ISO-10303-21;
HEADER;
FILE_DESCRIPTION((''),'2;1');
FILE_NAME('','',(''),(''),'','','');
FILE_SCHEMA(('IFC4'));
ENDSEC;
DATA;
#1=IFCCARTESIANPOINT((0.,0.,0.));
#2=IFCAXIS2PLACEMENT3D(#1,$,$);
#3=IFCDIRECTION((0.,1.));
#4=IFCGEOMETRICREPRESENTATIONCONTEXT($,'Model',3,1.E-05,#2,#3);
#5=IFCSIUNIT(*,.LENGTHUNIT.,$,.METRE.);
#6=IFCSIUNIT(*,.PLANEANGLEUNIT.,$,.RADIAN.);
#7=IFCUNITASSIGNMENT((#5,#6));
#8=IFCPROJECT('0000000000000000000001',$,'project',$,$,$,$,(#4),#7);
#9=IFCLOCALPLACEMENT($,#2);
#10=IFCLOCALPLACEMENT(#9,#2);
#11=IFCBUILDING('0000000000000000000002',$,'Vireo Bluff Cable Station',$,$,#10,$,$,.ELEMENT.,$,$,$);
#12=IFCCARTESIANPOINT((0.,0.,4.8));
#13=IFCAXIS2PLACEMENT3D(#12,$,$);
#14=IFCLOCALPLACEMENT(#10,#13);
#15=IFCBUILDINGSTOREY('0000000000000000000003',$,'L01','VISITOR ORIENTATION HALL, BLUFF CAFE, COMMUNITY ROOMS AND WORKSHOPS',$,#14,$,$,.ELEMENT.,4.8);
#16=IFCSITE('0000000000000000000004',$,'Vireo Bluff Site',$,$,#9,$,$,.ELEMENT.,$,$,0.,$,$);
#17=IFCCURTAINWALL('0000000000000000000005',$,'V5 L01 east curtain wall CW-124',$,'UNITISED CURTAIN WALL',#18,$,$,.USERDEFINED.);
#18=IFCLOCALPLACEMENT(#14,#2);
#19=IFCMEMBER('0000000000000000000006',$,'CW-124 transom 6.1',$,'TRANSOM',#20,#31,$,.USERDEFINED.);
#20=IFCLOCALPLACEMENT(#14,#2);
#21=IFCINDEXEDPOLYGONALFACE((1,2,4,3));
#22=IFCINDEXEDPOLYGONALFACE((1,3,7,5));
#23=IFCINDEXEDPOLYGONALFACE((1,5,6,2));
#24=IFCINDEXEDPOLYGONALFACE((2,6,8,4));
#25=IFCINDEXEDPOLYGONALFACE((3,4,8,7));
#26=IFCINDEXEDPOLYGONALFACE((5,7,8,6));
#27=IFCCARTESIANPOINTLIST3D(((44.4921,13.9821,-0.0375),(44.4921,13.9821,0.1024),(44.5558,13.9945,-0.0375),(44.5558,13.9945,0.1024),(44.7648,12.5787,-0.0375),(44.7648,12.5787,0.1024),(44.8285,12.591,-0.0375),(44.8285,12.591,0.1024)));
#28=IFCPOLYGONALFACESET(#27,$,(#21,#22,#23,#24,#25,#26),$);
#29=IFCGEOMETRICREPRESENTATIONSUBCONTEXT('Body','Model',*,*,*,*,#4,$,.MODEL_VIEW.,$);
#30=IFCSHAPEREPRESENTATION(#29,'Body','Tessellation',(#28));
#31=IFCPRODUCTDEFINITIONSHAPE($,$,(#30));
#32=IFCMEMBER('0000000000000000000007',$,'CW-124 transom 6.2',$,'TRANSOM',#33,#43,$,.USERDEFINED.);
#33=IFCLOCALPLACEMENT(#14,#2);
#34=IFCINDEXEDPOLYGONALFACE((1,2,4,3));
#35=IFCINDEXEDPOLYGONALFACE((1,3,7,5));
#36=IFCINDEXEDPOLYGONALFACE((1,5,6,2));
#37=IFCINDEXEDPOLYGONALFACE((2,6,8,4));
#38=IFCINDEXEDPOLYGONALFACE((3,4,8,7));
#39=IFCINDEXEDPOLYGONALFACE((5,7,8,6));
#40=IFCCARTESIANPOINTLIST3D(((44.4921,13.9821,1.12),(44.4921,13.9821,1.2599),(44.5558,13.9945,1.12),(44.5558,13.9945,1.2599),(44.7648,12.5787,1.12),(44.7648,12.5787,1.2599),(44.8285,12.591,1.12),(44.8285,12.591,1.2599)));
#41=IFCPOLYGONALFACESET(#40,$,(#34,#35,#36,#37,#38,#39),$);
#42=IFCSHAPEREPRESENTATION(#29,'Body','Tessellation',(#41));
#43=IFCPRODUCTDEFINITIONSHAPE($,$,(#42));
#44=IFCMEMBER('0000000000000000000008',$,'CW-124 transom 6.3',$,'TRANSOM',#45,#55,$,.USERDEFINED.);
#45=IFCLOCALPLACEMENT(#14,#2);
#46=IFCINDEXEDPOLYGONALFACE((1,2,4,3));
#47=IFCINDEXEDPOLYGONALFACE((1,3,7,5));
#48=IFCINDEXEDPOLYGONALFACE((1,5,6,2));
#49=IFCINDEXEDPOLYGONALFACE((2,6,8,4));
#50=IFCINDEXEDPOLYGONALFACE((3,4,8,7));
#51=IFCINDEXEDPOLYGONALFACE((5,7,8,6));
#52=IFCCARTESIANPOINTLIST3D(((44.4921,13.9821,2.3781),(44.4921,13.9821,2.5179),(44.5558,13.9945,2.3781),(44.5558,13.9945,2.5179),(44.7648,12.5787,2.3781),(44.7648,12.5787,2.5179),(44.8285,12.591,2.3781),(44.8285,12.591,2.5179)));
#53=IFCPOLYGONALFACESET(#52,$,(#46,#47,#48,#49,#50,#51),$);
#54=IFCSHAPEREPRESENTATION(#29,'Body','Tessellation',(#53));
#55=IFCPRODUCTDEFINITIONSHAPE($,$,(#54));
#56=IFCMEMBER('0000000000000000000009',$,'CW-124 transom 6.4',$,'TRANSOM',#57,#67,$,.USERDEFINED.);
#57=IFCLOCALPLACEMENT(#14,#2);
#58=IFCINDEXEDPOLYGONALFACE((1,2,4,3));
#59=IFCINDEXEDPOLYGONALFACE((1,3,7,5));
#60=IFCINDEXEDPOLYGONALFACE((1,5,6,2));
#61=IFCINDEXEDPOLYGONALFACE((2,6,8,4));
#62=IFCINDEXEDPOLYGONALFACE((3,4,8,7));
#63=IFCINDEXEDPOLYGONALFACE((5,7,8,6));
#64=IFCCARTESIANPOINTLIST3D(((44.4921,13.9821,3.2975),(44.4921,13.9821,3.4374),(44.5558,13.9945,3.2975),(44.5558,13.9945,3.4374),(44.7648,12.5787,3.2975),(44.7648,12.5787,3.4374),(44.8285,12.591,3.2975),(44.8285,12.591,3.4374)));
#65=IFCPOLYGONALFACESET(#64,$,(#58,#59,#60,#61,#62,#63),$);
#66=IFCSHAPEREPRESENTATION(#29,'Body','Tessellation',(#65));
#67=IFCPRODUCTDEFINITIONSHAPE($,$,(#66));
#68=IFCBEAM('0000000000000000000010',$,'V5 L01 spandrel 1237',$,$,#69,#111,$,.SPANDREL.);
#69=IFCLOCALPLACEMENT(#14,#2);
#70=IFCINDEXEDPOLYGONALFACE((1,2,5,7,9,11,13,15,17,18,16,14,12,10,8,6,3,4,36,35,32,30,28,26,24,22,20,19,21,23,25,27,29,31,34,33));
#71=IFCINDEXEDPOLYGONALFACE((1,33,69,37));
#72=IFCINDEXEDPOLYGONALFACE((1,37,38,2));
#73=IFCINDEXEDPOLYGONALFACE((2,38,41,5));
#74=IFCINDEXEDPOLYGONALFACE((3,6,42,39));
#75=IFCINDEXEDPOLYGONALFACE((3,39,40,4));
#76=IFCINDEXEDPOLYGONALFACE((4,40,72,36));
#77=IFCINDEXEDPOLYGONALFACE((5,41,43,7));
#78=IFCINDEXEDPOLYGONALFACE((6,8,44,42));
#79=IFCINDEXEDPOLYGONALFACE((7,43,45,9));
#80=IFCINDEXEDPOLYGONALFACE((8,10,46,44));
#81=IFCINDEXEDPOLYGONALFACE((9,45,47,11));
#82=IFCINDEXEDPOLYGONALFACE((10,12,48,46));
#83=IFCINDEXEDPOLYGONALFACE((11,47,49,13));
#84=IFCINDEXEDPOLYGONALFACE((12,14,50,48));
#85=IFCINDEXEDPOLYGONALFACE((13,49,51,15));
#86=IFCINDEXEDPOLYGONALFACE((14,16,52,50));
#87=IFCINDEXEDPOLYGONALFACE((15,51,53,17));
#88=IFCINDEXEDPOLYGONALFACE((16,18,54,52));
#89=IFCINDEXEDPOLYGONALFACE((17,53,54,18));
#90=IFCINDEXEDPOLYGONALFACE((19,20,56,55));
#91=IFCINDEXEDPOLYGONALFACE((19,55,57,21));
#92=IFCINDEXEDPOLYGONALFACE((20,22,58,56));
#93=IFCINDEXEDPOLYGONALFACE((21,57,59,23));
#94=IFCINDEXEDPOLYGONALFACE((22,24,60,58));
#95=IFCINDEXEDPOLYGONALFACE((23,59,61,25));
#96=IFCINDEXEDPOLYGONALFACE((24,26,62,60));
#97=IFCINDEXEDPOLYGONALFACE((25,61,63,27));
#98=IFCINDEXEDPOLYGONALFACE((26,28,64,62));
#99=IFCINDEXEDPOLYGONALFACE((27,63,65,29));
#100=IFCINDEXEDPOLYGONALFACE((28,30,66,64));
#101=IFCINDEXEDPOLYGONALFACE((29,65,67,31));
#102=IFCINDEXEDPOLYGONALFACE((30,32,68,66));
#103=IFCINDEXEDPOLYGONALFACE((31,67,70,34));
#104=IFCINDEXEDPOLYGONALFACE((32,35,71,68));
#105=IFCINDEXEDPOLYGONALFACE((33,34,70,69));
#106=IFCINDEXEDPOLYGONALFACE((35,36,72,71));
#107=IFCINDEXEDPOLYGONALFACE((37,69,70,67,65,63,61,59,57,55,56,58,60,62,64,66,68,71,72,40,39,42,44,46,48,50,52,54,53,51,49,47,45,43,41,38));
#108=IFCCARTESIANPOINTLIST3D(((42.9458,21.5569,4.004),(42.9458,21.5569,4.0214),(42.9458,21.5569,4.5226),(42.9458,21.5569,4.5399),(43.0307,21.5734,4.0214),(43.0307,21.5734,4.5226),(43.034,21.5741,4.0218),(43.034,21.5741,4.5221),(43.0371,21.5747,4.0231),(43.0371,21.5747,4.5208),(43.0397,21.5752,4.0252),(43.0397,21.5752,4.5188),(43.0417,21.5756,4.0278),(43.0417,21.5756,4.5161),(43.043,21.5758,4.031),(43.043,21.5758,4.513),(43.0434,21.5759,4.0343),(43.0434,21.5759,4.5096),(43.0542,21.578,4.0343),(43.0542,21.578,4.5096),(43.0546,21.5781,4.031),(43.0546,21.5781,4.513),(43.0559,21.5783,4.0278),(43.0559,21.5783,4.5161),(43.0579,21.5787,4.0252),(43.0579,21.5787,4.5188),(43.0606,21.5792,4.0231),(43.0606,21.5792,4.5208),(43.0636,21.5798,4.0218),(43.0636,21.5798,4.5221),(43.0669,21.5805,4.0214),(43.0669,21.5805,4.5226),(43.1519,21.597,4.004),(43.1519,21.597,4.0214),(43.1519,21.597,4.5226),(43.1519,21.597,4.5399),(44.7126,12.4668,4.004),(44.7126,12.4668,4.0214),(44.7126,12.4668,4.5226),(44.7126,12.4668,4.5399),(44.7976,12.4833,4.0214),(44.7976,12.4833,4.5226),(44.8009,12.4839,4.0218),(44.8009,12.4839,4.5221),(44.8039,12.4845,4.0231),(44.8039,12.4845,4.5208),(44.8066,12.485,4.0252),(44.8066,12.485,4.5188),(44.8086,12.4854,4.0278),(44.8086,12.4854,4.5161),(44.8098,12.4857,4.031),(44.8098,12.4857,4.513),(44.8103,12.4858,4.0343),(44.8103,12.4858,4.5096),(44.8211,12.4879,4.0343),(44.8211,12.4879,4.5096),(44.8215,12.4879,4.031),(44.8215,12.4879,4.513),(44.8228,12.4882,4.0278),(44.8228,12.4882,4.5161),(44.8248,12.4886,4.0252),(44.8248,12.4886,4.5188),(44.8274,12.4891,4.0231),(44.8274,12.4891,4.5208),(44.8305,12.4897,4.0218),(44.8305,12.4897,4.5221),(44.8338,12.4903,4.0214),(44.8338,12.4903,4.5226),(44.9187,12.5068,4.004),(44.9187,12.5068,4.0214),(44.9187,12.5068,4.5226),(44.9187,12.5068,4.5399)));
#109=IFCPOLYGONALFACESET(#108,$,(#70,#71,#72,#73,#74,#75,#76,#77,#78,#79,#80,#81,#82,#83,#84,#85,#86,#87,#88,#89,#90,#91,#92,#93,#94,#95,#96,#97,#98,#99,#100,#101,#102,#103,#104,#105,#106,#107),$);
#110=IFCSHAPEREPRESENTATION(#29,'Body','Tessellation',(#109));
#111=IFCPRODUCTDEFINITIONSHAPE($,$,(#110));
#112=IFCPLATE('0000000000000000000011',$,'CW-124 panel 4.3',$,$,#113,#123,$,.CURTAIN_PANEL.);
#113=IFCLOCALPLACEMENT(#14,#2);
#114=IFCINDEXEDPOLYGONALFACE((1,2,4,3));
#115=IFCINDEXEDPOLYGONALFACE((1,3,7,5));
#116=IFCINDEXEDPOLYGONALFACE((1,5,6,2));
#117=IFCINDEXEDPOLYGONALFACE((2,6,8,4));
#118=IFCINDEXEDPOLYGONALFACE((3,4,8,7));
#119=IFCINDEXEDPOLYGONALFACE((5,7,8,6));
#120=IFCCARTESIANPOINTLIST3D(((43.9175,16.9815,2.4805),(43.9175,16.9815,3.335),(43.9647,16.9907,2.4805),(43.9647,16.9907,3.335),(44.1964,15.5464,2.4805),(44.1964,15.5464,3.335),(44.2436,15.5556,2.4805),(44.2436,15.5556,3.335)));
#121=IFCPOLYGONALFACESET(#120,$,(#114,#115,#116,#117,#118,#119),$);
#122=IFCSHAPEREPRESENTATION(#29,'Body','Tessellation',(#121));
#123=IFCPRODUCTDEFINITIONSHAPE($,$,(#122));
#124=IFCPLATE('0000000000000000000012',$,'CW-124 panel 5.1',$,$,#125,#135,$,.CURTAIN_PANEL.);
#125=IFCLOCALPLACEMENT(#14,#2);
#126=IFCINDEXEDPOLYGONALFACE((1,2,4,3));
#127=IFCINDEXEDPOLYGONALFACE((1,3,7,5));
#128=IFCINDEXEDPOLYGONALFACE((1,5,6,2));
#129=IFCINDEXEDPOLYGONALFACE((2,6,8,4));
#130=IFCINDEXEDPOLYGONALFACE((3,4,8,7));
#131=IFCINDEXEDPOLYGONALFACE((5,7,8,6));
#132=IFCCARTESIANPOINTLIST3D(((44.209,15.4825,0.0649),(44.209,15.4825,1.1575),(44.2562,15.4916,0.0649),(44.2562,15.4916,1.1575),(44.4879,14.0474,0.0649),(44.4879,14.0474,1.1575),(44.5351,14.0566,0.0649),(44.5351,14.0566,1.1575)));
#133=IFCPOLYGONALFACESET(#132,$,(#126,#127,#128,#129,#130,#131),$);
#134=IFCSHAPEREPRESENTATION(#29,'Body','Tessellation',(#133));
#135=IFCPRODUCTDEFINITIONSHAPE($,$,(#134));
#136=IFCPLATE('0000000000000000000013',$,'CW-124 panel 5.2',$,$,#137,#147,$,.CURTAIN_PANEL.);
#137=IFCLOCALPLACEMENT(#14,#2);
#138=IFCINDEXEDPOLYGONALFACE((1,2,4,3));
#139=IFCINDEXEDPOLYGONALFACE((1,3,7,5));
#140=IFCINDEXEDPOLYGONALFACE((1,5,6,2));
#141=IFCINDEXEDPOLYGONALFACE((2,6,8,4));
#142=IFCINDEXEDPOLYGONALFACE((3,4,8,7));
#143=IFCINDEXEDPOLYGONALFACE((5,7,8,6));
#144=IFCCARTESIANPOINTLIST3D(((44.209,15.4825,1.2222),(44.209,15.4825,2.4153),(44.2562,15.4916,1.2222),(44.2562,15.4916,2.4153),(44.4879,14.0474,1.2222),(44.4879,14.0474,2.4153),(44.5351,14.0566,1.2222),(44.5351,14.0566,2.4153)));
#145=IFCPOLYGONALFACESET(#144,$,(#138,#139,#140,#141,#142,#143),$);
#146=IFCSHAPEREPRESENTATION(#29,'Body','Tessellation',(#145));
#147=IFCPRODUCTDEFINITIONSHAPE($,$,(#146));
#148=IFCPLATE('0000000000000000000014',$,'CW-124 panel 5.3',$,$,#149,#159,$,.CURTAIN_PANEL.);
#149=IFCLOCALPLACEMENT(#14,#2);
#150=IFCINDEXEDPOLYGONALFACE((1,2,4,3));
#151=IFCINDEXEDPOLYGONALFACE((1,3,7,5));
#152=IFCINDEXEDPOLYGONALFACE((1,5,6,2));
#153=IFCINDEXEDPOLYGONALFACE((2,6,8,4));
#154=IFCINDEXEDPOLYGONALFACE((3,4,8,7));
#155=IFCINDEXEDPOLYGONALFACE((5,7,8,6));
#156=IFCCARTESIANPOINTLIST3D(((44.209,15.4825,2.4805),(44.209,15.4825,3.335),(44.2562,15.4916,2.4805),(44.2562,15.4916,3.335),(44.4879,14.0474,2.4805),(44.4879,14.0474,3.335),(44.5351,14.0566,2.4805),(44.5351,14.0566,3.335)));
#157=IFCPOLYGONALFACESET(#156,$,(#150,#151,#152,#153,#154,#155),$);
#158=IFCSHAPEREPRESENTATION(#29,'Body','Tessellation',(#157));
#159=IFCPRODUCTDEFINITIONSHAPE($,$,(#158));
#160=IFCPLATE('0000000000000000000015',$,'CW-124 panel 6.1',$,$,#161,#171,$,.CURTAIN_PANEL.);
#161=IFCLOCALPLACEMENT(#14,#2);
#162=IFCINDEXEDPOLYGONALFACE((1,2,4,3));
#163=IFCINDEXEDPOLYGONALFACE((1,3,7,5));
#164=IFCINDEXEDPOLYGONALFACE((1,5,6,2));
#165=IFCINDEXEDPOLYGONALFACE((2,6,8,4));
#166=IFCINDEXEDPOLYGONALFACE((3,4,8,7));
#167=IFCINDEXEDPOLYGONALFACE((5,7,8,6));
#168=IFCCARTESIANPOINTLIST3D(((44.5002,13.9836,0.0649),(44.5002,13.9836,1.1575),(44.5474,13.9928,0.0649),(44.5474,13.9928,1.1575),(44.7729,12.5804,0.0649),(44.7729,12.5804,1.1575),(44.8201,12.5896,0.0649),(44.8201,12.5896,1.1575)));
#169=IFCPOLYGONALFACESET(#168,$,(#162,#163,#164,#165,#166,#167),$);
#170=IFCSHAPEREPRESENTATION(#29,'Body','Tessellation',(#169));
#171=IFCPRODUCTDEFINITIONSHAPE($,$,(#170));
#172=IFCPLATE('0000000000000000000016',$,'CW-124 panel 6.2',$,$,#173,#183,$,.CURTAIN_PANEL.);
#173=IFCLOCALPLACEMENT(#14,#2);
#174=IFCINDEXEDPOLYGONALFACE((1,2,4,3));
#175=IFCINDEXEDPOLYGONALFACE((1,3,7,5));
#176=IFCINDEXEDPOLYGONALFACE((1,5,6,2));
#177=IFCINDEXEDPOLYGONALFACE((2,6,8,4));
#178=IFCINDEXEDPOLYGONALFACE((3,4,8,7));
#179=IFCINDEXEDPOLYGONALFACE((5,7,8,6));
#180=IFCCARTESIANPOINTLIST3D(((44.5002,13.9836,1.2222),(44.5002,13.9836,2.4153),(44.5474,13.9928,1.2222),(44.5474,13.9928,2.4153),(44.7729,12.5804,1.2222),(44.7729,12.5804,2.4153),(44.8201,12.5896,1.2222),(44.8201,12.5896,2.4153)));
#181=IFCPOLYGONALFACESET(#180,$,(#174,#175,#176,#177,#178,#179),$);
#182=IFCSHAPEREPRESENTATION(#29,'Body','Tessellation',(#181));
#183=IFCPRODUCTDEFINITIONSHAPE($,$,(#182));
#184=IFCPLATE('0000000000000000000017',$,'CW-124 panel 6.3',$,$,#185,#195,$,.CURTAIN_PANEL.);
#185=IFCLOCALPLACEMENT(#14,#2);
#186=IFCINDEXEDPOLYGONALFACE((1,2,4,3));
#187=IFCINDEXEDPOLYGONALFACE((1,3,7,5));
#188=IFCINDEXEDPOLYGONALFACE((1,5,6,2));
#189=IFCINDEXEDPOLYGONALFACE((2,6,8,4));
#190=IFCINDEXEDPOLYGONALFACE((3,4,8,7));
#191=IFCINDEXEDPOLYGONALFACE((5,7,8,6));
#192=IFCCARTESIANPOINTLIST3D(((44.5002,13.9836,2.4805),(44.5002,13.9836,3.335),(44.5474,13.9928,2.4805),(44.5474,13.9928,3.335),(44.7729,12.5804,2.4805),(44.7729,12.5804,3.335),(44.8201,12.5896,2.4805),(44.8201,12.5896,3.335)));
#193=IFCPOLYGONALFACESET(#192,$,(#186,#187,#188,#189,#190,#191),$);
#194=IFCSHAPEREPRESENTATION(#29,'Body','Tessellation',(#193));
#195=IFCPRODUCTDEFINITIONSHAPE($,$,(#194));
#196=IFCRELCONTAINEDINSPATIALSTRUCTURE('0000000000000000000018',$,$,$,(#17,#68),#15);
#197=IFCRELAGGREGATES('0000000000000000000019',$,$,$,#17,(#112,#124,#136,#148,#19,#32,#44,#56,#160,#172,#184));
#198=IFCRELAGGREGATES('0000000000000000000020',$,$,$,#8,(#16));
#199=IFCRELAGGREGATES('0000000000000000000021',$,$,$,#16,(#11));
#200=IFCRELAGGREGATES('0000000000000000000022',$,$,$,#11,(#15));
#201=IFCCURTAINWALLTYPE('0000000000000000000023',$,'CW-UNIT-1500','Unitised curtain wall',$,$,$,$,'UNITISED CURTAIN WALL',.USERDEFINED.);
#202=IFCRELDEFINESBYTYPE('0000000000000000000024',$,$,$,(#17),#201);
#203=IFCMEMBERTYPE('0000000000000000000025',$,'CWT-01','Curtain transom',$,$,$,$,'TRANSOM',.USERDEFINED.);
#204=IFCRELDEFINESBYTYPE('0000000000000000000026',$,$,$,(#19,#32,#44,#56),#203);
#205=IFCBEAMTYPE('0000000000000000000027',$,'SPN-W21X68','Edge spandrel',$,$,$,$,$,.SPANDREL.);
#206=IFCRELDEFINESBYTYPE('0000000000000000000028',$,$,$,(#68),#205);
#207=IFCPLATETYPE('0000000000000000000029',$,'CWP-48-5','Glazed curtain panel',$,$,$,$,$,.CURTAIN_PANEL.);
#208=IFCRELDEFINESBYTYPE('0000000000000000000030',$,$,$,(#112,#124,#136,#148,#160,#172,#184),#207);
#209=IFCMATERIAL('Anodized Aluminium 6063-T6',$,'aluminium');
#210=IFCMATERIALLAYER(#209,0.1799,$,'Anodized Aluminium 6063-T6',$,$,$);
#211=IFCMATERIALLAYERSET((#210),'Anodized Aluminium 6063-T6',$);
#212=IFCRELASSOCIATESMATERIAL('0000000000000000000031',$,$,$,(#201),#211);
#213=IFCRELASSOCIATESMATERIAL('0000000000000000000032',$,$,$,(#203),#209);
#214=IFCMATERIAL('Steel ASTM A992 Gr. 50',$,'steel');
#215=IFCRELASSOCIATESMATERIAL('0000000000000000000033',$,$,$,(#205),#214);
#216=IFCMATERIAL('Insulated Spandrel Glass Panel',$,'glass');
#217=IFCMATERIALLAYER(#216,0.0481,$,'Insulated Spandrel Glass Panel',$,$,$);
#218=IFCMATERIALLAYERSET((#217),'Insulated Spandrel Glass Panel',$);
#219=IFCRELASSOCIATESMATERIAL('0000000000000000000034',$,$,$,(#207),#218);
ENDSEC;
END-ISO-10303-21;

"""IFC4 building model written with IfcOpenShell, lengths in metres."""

from ifc_helpers import new_model, si_unit, direction, frame, origin, origin_2d, place, context, subcontext, project, spatial, rectangle, i_section, extrude, material, layer, layer_set, material_profile, profile_set, type_object, element, aggregate, save


model = new_model("IFC4")

# Units and contexts
model_context = context("Model", 3, precision=1e-05, world=origin(), true_north=direction((0.0, 1.0)))
body_context = subcontext(model_context, "Body", "Model", "MODEL_VIEW")
ifc_project = project(units=[si_unit("LENGTHUNIT", "METRE"), si_unit("PLANEANGLEUNIT", "RADIAN")], contexts=[model_context])

# Site, building, storey
site_placement = place(None, origin())
site = spatial("IfcSite", under=ifc_project, at=site_placement, Name="Vireo Bluff Site", CompositionType="ELEMENT", RefElevation=0.0)
building_placement = place(site_placement, origin())
building = spatial("IfcBuilding", under=site, at=building_placement, Name="Vireo Bluff Cable Station", CompositionType="ELEMENT")
storey_placement = place(building_placement, frame((0.0, 0.0, 4.8)))
storey = spatial("IfcBuildingStorey", under=building, at=storey_placement, Name="L01", Description="VISITOR ORIENTATION HALL, BLUFF CAFE, COMMUNITY ROOMS AND WORKSHOPS", CompositionType="ELEMENT", Elevation=4.8)

# Shared definitions
ifc_material_1 = material(Name="Steel ASTM A992 Gr. 50", Category="steel")

# Curtain wall, members
ifc_material_2 = material(Name="Anodized Aluminium 6063-T6", Category="aluminium")
ifc_layer_1 = layer(ifc_material_2, 0.1799, Name="Anodized Aluminium 6063-T6")
ifc_layer_set_1 = layer_set([ifc_layer_1], Name="Anodized Aluminium 6063-T6")
curtain_wall_type = type_object("IfcCurtainWallType", Name="CW-UNIT-1500", Description="Unitised curtain wall", ElementType="UNITISED CURTAIN WALL", PredefinedType="USERDEFINED", material=ifc_layer_set_1)
curtain_wall_placement = place(storey_placement, origin())
curtain_wall = element("IfcCurtainWall", 1, at=curtain_wall_placement, inside=storey, type_object=curtain_wall_type, Name="V5 L01 east curtain wall CW-124", ObjectType="UNITISED CURTAIN WALL", PredefinedType="USERDEFINED")
ifc_material_profile_1 = material_profile(ifc_material_2, rectangle(XDim=0.0649, YDim=0.1399, at=origin_2d()), Name="ALU-T-65X140")
ifc_profile_set_1 = profile_set([ifc_material_profile_1], Name="Anodized Aluminium 6063-T6")
member_type_1 = type_object("IfcMemberType", Name="CWT-01", Description="Curtain transom", ElementType="TRANSOM", PredefinedType="USERDEFINED", material=ifc_profile_set_1)
member_1_placement = place(storey_placement, frame((44.5239, 13.9883, 0.0325), z_axis=(0.19076, -0.981637, 0.0), x_axis=(0.981637, 0.19076, 0.0)))
member_1 = element("IfcMember", 2, at=member_1_placement, type_object=member_type_1, Name="CW-124 transom 6.1", ObjectType="TRANSOM", PredefinedType="USERDEFINED", context=body_context, shape_type="SweptSolid", body=[
    extrude(rectangle(XDim=0.0649, YDim=0.1399, at=origin_2d()), origin(), (0.0, 0.0, 1.0), 1.4297),
])
member_2_placement = place(storey_placement, frame((44.5239, 13.9883, 1.1899), z_axis=(0.19076, -0.981637, 0.0), x_axis=(0.981637, 0.19076, 0.0)))
member_2 = element("IfcMember", 3, at=member_2_placement, type_object=member_type_1, Name="CW-124 transom 6.2", ObjectType="TRANSOM", PredefinedType="USERDEFINED", context=body_context, shape_type="SweptSolid", body=[
    extrude(rectangle(XDim=0.0649, YDim=0.1399, at=origin_2d()), origin(), (0.0, 0.0, 1.0), 1.4297),
])
member_3_placement = place(storey_placement, frame((44.5239, 13.9883, 2.448), z_axis=(0.19076, -0.981637, 0.0), x_axis=(0.981637, 0.19076, 0.0)))
member_3 = element("IfcMember", 4, at=member_3_placement, type_object=member_type_1, Name="CW-124 transom 6.3", ObjectType="TRANSOM", PredefinedType="USERDEFINED", context=body_context, shape_type="SweptSolid", body=[
    extrude(rectangle(XDim=0.0649, YDim=0.1399, at=origin_2d()), origin(), (0.0, 0.0, 1.0), 1.4297),
])
member_4_placement = place(storey_placement, frame((44.5239, 13.9883, 3.3674), z_axis=(0.19076, -0.981637, 0.0), x_axis=(0.981637, 0.19076, 0.0)))
member_4 = element("IfcMember", 5, at=member_4_placement, type_object=member_type_1, Name="CW-124 transom 6.4", ObjectType="TRANSOM", PredefinedType="USERDEFINED", context=body_context, shape_type="SweptSolid", body=[
    extrude(rectangle(XDim=0.0649, YDim=0.1399, at=origin_2d()), origin(), (0.0, 0.0, 1.0), 1.4297),
])

# Beam
ifc_material_profile_2 = material_profile(ifc_material_1, i_section(OverallWidth=0.21, OverallDepth=0.5359, WebThickness=0.011, FlangeThickness=0.0173, FilletRadius=0.0129, at=origin_2d()), Name="W21X68")
ifc_profile_set_2 = profile_set([ifc_material_profile_2], Name="Steel ASTM A992 Gr. 50")
beam_type = type_object("IfcBeamType", Name="SPN-W21X68", Description="Edge spandrel", PredefinedType="SPANDREL", material=ifc_profile_set_2)
beam_placement = place(storey_placement, frame((44.8157, 12.4868, 4.272), z_axis=(-0.1908, 0.981629, 0.0), x_axis=(-0.981629, -0.1908, 0.0)))
element("IfcBeam", 6, at=beam_placement, inside=storey, type_object=beam_type, Name="V5 L01 spandrel 1237", PredefinedType="SPANDREL", context=body_context, shape_type="SweptSolid", body=[
    extrude(i_section(OverallWidth=0.21, OverallDepth=0.5359, WebThickness=0.011, FlangeThickness=0.0173, FilletRadius=0.0129, at=origin_2d()), origin(), (0.0, 0.0, 1.0), 9.2603),
])

# Plates
ifc_material_3 = material(Name="Insulated Spandrel Glass Panel", Category="glass")
ifc_layer_2 = layer(ifc_material_3, 0.0481, Name="Insulated Spandrel Glass Panel")
ifc_layer_set_2 = layer_set([ifc_layer_2], Name="Insulated Spandrel Glass Panel")
plate_type_1 = type_object("IfcPlateType", Name="CWP-48-5", Description="Glazed curtain panel", PredefinedType="CURTAIN_PANEL", material=ifc_layer_set_2)
plate_1_placement = place(storey_placement, frame((44.0806, 16.2686, 2.4805), z_axis=(0.0, 0.0, 1.0), x_axis=(0.190809, -0.981627, 0.0)))
plate_1 = element("IfcPlate", 7, at=plate_1_placement, type_object=plate_type_1, Name="CW-124 panel 4.3", PredefinedType="CURTAIN_PANEL", context=body_context, shape_type="SweptSolid", body=[
    extrude(rectangle(XDim=1.4619, YDim=0.0481, at=origin_2d()), origin(), (0.0, 0.0, 1.0), 0.8545),
])
plate_2_placement = place(storey_placement, frame((44.3721, 14.7695, 0.0649), z_axis=(0.0, 0.0, 1.0), x_axis=(0.190809, -0.981627, 0.0)))
plate_2 = element("IfcPlate", 8, at=plate_2_placement, type_object=plate_type_1, Name="CW-124 panel 5.1", PredefinedType="CURTAIN_PANEL", context=body_context, shape_type="SweptSolid", body=[
    extrude(rectangle(XDim=1.4619, YDim=0.0481, at=origin_2d()), origin(), (0.0, 0.0, 1.0), 1.0925),
])
plate_3_placement = place(storey_placement, frame((44.3721, 14.7695, 1.2222), z_axis=(0.0, 0.0, 1.0), x_axis=(0.190809, -0.981627, 0.0)))
plate_3 = element("IfcPlate", 9, at=plate_3_placement, type_object=plate_type_1, Name="CW-124 panel 5.2", PredefinedType="CURTAIN_PANEL", context=body_context, shape_type="SweptSolid", body=[
    extrude(rectangle(XDim=1.4619, YDim=0.0481, at=origin_2d()), origin(), (0.0, 0.0, 1.0), 1.1931),
])
plate_4_placement = place(storey_placement, frame((44.3721, 14.7695, 2.4805), z_axis=(0.0, 0.0, 1.0), x_axis=(0.190809, -0.981627, 0.0)))
plate_4 = element("IfcPlate", 10, at=plate_4_placement, type_object=plate_type_1, Name="CW-124 panel 5.3", PredefinedType="CURTAIN_PANEL", context=body_context, shape_type="SweptSolid", body=[
    extrude(rectangle(XDim=1.4619, YDim=0.0481, at=origin_2d()), origin(), (0.0, 0.0, 1.0), 0.8545),
])
plate_5_placement = place(storey_placement, frame((44.6602, 13.2866, 0.0649), z_axis=(0.0, 0.0, 1.0), x_axis=(0.190809, -0.981627, 0.0)))
plate_5 = element("IfcPlate", 11, at=plate_5_placement, type_object=plate_type_1, Name="CW-124 panel 6.1", PredefinedType="CURTAIN_PANEL", context=body_context, shape_type="SweptSolid", body=[
    extrude(rectangle(XDim=1.4294, YDim=0.0481, at=origin_2d()), origin(), (0.0, 0.0, 1.0), 1.0925),
])
plate_6_placement = place(storey_placement, frame((44.6602, 13.2866, 1.2222), z_axis=(0.0, 0.0, 1.0), x_axis=(0.190809, -0.981627, 0.0)))
plate_6 = element("IfcPlate", 12, at=plate_6_placement, type_object=plate_type_1, Name="CW-124 panel 6.2", PredefinedType="CURTAIN_PANEL", context=body_context, shape_type="SweptSolid", body=[
    extrude(rectangle(XDim=1.4294, YDim=0.0481, at=origin_2d()), origin(), (0.0, 0.0, 1.0), 1.1931),
])
plate_7_placement = place(storey_placement, frame((44.6602, 13.2866, 2.4805), z_axis=(0.0, 0.0, 1.0), x_axis=(0.190809, -0.981627, 0.0)))
plate_7 = element("IfcPlate", 13, at=plate_7_placement, type_object=plate_type_1, Name="CW-124 panel 6.3", PredefinedType="CURTAIN_PANEL", context=body_context, shape_type="SweptSolid", body=[
    extrude(rectangle(XDim=1.4294, YDim=0.0481, at=origin_2d()), origin(), (0.0, 0.0, 1.0), 0.8545),
])
aggregate(curtain_wall, [plate_1, plate_2, plate_3, plate_4, member_1, member_2, member_3, member_4, plate_5, plate_6, plate_7])

save(model, "model.ifc")
